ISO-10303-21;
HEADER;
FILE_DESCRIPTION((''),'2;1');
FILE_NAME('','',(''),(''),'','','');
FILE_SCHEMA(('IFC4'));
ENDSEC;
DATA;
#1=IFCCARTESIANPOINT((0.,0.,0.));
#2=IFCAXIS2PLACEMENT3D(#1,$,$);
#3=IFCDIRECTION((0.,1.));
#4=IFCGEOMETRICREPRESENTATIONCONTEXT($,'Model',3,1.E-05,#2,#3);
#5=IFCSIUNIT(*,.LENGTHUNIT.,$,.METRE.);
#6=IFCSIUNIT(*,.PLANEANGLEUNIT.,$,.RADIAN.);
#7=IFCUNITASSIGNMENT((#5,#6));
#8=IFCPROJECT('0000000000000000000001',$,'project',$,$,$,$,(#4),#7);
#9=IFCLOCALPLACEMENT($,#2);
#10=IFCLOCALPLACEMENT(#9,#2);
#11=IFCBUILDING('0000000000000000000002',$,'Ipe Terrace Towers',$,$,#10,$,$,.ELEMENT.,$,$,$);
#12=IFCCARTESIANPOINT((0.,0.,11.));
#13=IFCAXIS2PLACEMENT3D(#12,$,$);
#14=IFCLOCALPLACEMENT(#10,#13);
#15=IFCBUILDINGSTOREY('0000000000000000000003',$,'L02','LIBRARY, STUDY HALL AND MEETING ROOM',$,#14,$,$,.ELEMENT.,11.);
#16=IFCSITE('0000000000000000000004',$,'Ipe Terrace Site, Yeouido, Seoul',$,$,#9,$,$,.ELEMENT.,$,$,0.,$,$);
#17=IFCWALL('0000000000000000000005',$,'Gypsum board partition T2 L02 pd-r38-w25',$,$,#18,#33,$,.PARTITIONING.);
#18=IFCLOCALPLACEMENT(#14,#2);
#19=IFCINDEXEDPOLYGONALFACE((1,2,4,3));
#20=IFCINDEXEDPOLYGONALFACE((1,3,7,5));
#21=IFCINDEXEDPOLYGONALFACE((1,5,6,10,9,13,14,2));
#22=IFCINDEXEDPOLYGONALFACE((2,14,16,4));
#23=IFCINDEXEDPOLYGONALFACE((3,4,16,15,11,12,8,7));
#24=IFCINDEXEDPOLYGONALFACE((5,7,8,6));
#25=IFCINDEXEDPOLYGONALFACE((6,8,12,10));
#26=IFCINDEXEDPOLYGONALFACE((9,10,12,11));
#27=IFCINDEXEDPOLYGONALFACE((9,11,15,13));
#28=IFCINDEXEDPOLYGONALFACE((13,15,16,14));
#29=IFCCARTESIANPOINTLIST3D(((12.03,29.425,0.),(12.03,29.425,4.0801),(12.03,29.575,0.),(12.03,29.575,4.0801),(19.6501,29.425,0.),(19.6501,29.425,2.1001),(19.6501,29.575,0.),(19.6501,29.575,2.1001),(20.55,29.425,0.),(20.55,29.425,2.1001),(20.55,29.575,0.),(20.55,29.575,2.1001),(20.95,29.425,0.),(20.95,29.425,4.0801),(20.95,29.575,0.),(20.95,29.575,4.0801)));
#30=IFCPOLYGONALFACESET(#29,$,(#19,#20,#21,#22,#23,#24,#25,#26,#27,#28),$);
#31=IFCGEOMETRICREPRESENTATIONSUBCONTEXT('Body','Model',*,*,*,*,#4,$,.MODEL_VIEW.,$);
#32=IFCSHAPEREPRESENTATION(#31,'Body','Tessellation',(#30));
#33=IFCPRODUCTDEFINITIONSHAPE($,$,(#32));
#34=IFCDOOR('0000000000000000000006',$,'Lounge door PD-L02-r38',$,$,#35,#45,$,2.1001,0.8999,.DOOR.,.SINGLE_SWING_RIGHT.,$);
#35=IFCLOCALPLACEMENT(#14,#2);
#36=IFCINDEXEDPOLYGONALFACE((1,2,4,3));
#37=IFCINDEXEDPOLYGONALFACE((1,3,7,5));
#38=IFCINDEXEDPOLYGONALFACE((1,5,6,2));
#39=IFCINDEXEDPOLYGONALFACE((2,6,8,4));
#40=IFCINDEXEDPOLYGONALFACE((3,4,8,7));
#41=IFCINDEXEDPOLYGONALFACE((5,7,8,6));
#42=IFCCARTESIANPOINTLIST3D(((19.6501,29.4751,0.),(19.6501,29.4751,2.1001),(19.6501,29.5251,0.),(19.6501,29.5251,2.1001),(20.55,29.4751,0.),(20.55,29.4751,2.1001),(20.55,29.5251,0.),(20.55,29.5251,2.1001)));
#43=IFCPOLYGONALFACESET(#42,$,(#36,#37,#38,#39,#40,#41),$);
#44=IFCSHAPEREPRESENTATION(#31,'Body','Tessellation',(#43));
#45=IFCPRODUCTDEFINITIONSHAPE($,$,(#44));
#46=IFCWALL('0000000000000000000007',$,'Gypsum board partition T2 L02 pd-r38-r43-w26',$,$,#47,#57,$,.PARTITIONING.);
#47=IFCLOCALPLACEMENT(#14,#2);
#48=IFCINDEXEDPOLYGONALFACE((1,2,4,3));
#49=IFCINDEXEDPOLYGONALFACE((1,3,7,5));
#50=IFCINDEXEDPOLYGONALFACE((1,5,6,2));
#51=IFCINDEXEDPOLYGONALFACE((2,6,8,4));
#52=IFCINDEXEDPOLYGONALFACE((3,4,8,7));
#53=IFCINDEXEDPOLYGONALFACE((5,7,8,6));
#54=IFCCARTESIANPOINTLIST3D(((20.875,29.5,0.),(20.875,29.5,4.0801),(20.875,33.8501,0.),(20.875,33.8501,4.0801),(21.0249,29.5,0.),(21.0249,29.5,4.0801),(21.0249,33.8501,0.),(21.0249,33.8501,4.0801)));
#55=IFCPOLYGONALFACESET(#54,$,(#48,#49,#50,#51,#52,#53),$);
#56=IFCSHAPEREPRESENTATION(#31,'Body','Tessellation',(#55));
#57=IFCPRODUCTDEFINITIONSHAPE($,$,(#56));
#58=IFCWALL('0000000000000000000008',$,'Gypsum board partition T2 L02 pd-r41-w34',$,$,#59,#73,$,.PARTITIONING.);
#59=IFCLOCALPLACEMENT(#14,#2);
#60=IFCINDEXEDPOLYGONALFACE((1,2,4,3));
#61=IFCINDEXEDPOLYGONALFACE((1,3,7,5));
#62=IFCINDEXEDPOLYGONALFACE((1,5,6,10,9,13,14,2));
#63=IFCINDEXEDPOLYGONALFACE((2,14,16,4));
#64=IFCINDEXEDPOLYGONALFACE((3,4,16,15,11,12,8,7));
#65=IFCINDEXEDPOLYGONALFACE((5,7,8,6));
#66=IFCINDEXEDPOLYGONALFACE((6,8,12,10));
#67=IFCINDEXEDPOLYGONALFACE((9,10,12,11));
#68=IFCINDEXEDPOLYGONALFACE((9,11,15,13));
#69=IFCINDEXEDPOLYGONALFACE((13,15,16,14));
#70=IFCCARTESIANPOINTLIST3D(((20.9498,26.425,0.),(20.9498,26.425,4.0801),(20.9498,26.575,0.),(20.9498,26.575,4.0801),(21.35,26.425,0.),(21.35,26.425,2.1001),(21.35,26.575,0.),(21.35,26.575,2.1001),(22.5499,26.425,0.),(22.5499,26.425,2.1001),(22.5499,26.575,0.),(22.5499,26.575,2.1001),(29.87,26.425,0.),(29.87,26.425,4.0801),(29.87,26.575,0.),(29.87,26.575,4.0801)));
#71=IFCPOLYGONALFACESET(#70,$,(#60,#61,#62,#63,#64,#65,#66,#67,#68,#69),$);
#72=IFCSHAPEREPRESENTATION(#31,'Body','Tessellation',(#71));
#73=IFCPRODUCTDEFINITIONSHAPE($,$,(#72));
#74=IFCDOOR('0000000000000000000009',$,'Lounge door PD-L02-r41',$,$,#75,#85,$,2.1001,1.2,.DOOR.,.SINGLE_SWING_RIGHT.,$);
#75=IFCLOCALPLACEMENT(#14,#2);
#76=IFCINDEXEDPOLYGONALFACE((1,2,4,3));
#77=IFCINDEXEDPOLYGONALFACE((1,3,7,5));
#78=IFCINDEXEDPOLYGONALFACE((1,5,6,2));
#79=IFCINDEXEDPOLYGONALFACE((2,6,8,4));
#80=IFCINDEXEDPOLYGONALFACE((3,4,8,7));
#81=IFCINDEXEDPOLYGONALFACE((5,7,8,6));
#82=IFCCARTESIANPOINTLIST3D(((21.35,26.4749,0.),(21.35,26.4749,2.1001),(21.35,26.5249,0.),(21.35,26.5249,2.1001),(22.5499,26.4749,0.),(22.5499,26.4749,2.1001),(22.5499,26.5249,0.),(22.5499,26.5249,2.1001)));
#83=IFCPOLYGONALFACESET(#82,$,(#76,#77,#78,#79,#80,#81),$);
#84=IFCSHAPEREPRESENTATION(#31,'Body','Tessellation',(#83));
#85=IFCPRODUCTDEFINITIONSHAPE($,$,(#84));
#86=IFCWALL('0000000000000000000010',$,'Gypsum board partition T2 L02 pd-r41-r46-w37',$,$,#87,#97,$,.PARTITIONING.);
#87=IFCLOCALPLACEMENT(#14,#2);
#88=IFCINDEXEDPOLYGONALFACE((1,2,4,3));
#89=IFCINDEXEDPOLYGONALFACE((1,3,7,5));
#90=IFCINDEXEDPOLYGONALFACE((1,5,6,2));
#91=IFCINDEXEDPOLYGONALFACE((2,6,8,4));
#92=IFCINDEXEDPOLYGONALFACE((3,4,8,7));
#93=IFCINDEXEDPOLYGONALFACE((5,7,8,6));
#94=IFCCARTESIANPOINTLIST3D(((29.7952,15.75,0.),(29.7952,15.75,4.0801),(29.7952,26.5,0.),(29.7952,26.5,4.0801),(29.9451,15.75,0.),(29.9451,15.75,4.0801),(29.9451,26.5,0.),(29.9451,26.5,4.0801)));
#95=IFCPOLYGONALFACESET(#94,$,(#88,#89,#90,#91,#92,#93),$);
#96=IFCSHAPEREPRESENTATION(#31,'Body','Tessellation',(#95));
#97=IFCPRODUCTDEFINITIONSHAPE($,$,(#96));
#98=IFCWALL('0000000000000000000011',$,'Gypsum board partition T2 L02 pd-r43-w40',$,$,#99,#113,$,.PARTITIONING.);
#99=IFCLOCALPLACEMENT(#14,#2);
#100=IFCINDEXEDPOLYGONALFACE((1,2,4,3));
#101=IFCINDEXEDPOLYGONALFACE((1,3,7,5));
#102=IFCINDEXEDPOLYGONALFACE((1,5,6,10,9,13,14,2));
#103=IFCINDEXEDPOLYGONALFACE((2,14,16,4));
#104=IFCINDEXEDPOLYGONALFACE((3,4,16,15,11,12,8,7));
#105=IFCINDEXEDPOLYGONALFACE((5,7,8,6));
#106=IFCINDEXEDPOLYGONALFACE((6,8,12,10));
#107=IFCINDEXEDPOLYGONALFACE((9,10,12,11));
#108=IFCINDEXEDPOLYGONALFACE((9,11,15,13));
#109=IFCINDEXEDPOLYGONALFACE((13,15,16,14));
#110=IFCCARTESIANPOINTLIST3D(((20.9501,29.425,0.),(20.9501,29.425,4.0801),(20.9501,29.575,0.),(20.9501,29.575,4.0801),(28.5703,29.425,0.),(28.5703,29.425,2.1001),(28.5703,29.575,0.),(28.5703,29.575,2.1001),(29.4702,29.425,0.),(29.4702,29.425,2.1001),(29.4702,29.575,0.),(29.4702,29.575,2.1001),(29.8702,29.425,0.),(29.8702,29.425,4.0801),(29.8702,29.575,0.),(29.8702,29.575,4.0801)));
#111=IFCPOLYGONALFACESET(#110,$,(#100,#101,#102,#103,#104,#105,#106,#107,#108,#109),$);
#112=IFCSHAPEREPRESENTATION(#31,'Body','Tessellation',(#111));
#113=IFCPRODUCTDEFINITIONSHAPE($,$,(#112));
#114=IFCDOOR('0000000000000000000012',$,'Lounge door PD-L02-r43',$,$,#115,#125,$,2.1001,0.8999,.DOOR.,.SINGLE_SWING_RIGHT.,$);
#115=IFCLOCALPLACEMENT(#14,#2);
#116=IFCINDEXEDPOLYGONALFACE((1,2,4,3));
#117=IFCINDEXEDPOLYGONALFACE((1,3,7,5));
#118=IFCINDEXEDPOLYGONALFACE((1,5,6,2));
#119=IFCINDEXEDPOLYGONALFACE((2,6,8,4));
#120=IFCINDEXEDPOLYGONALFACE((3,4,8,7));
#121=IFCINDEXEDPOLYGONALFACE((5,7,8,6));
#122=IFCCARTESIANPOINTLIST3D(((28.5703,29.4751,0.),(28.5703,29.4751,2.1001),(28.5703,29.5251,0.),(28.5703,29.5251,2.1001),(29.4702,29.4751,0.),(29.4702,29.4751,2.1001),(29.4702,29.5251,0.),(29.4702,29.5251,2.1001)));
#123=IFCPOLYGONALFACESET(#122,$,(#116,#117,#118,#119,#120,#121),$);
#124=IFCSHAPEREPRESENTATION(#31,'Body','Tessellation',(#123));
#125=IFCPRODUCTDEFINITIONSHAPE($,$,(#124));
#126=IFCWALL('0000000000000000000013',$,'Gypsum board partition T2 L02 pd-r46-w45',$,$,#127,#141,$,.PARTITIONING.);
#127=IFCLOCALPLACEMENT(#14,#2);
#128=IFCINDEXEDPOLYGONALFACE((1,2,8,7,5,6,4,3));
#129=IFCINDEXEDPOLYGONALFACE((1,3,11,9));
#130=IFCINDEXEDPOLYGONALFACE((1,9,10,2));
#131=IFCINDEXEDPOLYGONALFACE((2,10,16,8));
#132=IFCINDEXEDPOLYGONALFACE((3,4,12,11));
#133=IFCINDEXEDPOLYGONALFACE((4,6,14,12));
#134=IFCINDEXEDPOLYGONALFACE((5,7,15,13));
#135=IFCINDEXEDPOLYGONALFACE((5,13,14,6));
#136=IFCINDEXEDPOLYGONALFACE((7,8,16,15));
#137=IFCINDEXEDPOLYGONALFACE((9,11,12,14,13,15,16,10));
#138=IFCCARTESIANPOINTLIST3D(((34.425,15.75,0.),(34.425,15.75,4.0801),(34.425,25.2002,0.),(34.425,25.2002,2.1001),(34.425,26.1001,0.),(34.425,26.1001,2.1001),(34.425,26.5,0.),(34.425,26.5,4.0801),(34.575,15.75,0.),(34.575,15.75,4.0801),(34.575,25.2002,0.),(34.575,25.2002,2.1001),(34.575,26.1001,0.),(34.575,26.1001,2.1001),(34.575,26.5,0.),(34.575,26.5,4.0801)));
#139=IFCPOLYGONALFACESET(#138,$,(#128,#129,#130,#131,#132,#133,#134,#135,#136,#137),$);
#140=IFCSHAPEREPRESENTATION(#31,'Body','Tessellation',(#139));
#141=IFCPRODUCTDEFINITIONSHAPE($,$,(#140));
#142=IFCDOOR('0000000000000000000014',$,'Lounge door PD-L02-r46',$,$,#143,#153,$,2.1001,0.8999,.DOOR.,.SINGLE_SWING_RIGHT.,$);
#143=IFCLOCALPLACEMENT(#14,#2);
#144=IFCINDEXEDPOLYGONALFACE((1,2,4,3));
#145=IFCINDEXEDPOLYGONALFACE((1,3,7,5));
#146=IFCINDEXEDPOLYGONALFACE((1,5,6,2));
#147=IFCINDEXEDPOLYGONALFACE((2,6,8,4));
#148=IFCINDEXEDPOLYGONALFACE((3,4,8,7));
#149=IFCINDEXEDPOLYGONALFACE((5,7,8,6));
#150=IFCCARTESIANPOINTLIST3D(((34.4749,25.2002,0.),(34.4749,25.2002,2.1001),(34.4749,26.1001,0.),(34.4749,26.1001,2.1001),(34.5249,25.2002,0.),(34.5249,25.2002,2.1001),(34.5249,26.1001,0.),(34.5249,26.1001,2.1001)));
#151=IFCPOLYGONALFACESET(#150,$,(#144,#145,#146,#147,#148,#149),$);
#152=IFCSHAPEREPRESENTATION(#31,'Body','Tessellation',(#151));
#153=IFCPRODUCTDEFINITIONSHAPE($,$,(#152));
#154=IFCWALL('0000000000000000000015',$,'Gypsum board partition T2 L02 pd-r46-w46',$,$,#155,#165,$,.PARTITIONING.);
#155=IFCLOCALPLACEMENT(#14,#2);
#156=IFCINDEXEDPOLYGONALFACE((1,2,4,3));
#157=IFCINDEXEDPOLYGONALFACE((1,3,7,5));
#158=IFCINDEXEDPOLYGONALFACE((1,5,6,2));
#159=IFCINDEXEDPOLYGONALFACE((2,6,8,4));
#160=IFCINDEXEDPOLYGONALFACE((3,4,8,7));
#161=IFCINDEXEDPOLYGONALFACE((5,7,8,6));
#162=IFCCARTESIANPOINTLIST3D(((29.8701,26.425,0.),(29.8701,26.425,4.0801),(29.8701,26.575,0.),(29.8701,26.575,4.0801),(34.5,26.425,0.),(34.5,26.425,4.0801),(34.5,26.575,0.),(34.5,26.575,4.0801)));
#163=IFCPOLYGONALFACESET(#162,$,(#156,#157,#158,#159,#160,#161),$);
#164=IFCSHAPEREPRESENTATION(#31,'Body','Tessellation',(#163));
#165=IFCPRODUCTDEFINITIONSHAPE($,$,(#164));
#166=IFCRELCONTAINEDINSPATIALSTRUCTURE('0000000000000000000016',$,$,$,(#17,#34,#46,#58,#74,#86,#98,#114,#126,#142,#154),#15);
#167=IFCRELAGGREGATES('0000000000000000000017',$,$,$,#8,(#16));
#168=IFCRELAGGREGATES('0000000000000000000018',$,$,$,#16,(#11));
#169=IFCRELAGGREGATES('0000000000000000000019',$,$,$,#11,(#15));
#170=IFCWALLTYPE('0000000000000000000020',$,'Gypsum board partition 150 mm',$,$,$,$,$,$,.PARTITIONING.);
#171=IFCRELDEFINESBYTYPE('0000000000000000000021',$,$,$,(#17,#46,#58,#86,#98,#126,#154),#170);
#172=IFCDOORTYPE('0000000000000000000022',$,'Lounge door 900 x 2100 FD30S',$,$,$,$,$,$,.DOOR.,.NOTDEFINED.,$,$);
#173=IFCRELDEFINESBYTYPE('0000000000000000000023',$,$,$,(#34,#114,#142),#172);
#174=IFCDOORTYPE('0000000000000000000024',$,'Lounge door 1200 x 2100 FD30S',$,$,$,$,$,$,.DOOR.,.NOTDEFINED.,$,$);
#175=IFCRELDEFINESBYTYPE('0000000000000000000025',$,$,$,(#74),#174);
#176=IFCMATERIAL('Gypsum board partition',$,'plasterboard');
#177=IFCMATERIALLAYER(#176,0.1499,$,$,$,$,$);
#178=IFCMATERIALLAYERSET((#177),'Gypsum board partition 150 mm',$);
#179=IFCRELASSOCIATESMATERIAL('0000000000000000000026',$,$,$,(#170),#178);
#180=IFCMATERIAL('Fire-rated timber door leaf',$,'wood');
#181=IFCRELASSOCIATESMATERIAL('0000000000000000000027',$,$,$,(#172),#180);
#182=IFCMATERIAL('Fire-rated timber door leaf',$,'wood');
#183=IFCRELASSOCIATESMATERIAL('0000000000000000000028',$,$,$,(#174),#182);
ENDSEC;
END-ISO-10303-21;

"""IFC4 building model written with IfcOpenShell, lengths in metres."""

from ifc_helpers import new_model, si_unit, direction, frame, frame_2d, origin, place, context, subcontext, project, spatial, rectangle, extrude, material, layer, layer_set, type_object, element, fill, save


model = new_model("IFC4")

# Units and contexts
model_context = context("Model", 3, precision=1e-05, world=origin(), true_north=direction((0.0, 1.0)))
body_context = subcontext(model_context, "Body", "Model", "MODEL_VIEW")
ifc_project = project(units=[si_unit("LENGTHUNIT", "METRE"), si_unit("PLANEANGLEUNIT", "RADIAN")], contexts=[model_context])

# Site, building, storey
site_placement = place(None, origin())
site = spatial("IfcSite", under=ifc_project, at=site_placement, Name="Ipe Terrace Site, Yeouido, Seoul", CompositionType="ELEMENT", RefElevation=0.0)
building_placement = place(site_placement, origin())
building = spatial("IfcBuilding", under=site, at=building_placement, Name="Ipe Terrace Towers", CompositionType="ELEMENT")
storey_placement = place(building_placement, frame((0.0, 0.0, 11.0)))
storey = spatial("IfcBuildingStorey", under=building, at=storey_placement, Name="L02", Description="LIBRARY, STUDY HALL AND MEETING ROOM", CompositionType="ELEMENT", Elevation=11.0)

# Wall, opening, door
ifc_material_1 = material(Name="Gypsum board partition", Category="plasterboard")
ifc_layer_1 = layer(ifc_material_1, 0.1499)
ifc_layer_set_1 = layer_set([ifc_layer_1], Name="Gypsum board partition 150 mm")
wall_type = type_object("IfcWallType", Name="Gypsum board partition 150 mm", PredefinedType="PARTITIONING", material=ifc_layer_set_1)
wall_1_placement = place(storey_placement, frame((20.95, 29.5, 0.0), z_axis=(0.0, 0.0, 1.0), x_axis=(-1.0, 0.0, 0.0)))
wall_1 = element("IfcWall", 1, at=wall_1_placement, inside=storey, type_object=wall_type, Name="Gypsum board partition T2 L02 pd-r38-w25", PredefinedType="PARTITIONING", context=body_context, shape_type="SweptSolid", body=[
    extrude(rectangle(XDim=8.9199, YDim=0.1499, at=frame_2d((4.46, 0.0))), origin(), (0.0, 0.0, 1.0), 4.0801),
])
opening_1_placement = place(wall_1_placement, frame((0.3999, 0.0, 0.0)))
opening_1 = element("IfcOpeningElement", 2, at=opening_1_placement, cuts=wall_1, PredefinedType="OPENING", context=body_context, shape_type="SweptSolid", body=[
    extrude(rectangle(XDim=0.8999, YDim=2.1001, at=frame_2d((0.45, 1.05))), frame((0.0, 0.085, 0.0), z_axis=(0.0, -1.0, 0.0), x_axis=(1.0, 0.0, 0.0)), (0.0, 0.0, 1.0), 0.1699),
])
ifc_material_2 = material(Name="Fire-rated timber door leaf", Category="wood")
door_type_1 = type_object("IfcDoorType", Name="Lounge door 900 x 2100 FD30S", OperationType="NOTDEFINED", PredefinedType="DOOR", material=ifc_material_2)
door_1_placement = place(opening_1_placement, origin())
door_1 = element("IfcDoor", 3, at=door_1_placement, inside=storey, type_object=door_type_1, Name="Lounge door PD-L02-r38", OperationType="SINGLE_SWING_RIGHT", OverallHeight=2.1001, OverallWidth=0.8999, PredefinedType="DOOR", context=body_context, shape_type="SweptSolid", body=[
    extrude(rectangle(XDim=0.8999, YDim=2.1001, at=frame_2d((0.45, 1.05))), frame((0.0, 0.0249, 0.0), z_axis=(0.0, -1.0, 0.0), x_axis=(1.0, 0.0, 0.0)), (0.0, 0.0, 1.0), 0.05),
])
fill(opening_1, door_1)

# Wall
wall_2_placement = place(storey_placement, frame((20.95, 33.8501, 0.0), z_axis=(0.0, 0.0, 1.0), x_axis=(0.0, -1.0, 0.0)))
element("IfcWall", 4, at=wall_2_placement, inside=storey, type_object=wall_type, Name="Gypsum board partition T2 L02 pd-r38-r43-w26", PredefinedType="PARTITIONING", context=body_context, shape_type="SweptSolid", body=[
    extrude(rectangle(XDim=4.3501, YDim=0.1499, at=frame_2d((2.175, 0.0))), origin(), (0.0, 0.0, 1.0), 4.0801),
])

# Wall, opening, door
wall_3_placement = place(storey_placement, frame((20.95, 26.5, 0.0), z_axis=(0.0, 0.0, 1.0), x_axis=(1.0, 0.0, 0.0)))
wall_3 = element("IfcWall", 5, at=wall_3_placement, inside=storey, type_object=wall_type, Name="Gypsum board partition T2 L02 pd-r41-w34", PredefinedType="PARTITIONING", context=body_context, shape_type="SweptSolid", body=[
    extrude(rectangle(XDim=8.9202, YDim=0.1499, at=frame_2d((4.46, 0.0))), origin(), (0.0, 0.0, 1.0), 4.0801),
])
opening_2_placement = place(wall_3_placement, frame((0.3999, 0.0, 0.0)))
opening_2 = element("IfcOpeningElement", 6, at=opening_2_placement, cuts=wall_3, PredefinedType="OPENING", context=body_context, shape_type="SweptSolid", body=[
    extrude(rectangle(XDim=1.2, YDim=2.1001, at=frame_2d((0.6001, 1.05))), frame((0.0, 0.085, 0.0), z_axis=(0.0, -1.0, 0.0), x_axis=(1.0, 0.0, 0.0)), (0.0, 0.0, 1.0), 0.1699),
])
ifc_material_3 = material(Name="Fire-rated timber door leaf", Category="wood")
door_type_2 = type_object("IfcDoorType", Name="Lounge door 1200 x 2100 FD30S", OperationType="NOTDEFINED", PredefinedType="DOOR", material=ifc_material_3)
door_2_placement = place(opening_2_placement, origin())
door_2 = element("IfcDoor", 7, at=door_2_placement, inside=storey, type_object=door_type_2, Name="Lounge door PD-L02-r41", OperationType="SINGLE_SWING_RIGHT", OverallHeight=2.1001, OverallWidth=1.2, PredefinedType="DOOR", context=body_context, shape_type="SweptSolid", body=[
    extrude(rectangle(XDim=1.2, YDim=2.1001, at=frame_2d((0.6001, 1.05))), frame((0.0, 0.0249, 0.0), z_axis=(0.0, -1.0, 0.0), x_axis=(1.0, 0.0, 0.0)), (0.0, 0.0, 1.0), 0.05),
])
fill(opening_2, door_2)

# Wall
wall_4_placement = place(storey_placement, frame((29.8701, 26.5, 0.0), z_axis=(0.0, 0.0, 1.0), x_axis=(0.0, -1.0, 0.0)))
element("IfcWall", 8, at=wall_4_placement, inside=storey, type_object=wall_type, Name="Gypsum board partition T2 L02 pd-r41-r46-w37", PredefinedType="PARTITIONING", context=body_context, shape_type="SweptSolid", body=[
    extrude(rectangle(XDim=10.75, YDim=0.1499, at=frame_2d((5.375, 0.0))), origin(), (0.0, 0.0, 1.0), 4.0801),
])

# Walls, openings, doors
wall_5_placement = place(storey_placement, frame((29.8701, 29.5, 0.0), z_axis=(0.0, 0.0, 1.0), x_axis=(-1.0, 0.0, 0.0)))
wall_5 = element("IfcWall", 9, at=wall_5_placement, inside=storey, type_object=wall_type, Name="Gypsum board partition T2 L02 pd-r43-w40", PredefinedType="PARTITIONING", context=body_context, shape_type="SweptSolid", body=[
    extrude(rectangle(XDim=8.9202, YDim=0.1499, at=frame_2d((4.46, 0.0))), origin(), (0.0, 0.0, 1.0), 4.0801),
])
opening_3_placement = place(wall_5_placement, frame((0.3999, 0.0, 0.0)))
opening_3 = element("IfcOpeningElement", 10, at=opening_3_placement, cuts=wall_5, PredefinedType="OPENING", context=body_context, shape_type="SweptSolid", body=[
    extrude(rectangle(XDim=0.8999, YDim=2.1001, at=frame_2d((0.45, 1.05))), frame((0.0, 0.085, 0.0), z_axis=(0.0, -1.0, 0.0), x_axis=(1.0, 0.0, 0.0)), (0.0, 0.0, 1.0), 0.1699),
])
door_3_placement = place(opening_3_placement, origin())
door_3 = element("IfcDoor", 11, at=door_3_placement, inside=storey, type_object=door_type_1, Name="Lounge door PD-L02-r43", OperationType="SINGLE_SWING_RIGHT", OverallHeight=2.1001, OverallWidth=0.8999, PredefinedType="DOOR", context=body_context, shape_type="SweptSolid", body=[
    extrude(rectangle(XDim=0.8999, YDim=2.1001, at=frame_2d((0.45, 1.05))), frame((0.0, 0.0249, 0.0), z_axis=(0.0, -1.0, 0.0), x_axis=(1.0, 0.0, 0.0)), (0.0, 0.0, 1.0), 0.05),
])
fill(opening_3, door_3)
wall_6_placement = place(storey_placement, frame((34.5, 26.5, 0.0), z_axis=(0.0, 0.0, 1.0), x_axis=(0.0, -1.0, 0.0)))
wall_6 = element("IfcWall", 12, at=wall_6_placement, inside=storey, type_object=wall_type, Name="Gypsum board partition T2 L02 pd-r46-w45", PredefinedType="PARTITIONING", context=body_context, shape_type="SweptSolid", body=[
    extrude(rectangle(XDim=10.75, YDim=0.1499, at=frame_2d((5.375, 0.0))), origin(), (0.0, 0.0, 1.0), 4.0801),
])
opening_4_placement = place(wall_6_placement, frame((0.3999, 0.0, 0.0)))
opening_4 = element("IfcOpeningElement", 13, at=opening_4_placement, cuts=wall_6, PredefinedType="OPENING", context=body_context, shape_type="SweptSolid", body=[
    extrude(rectangle(XDim=0.8999, YDim=2.1001, at=frame_2d((0.45, 1.05))), frame((0.0, 0.085, 0.0), z_axis=(0.0, -1.0, 0.0), x_axis=(1.0, 0.0, 0.0)), (0.0, 0.0, 1.0), 0.1699),
])
door_4_placement = place(opening_4_placement, origin())
door_4 = element("IfcDoor", 14, at=door_4_placement, inside=storey, type_object=door_type_1, Name="Lounge door PD-L02-r46", OperationType="SINGLE_SWING_RIGHT", OverallHeight=2.1001, OverallWidth=0.8999, PredefinedType="DOOR", context=body_context, shape_type="SweptSolid", body=[
    extrude(rectangle(XDim=0.8999, YDim=2.1001, at=frame_2d((0.45, 1.05))), frame((0.0, 0.0249, 0.0), z_axis=(0.0, -1.0, 0.0), x_axis=(1.0, 0.0, 0.0)), (0.0, 0.0, 1.0), 0.05),
])
fill(opening_4, door_4)

# Wall
wall_7_placement = place(storey_placement, frame((29.8701, 26.5, 0.0), z_axis=(0.0, 0.0, 1.0), x_axis=(1.0, 0.0, 0.0)))
element("IfcWall", 15, at=wall_7_placement, inside=storey, type_object=wall_type, Name="Gypsum board partition T2 L02 pd-r46-w46", PredefinedType="PARTITIONING", context=body_context, shape_type="SweptSolid", body=[
    extrude(rectangle(XDim=4.6299, YDim=0.1499, at=frame_2d((2.3149, 0.0))), origin(), (0.0, 0.0, 1.0), 4.0801),
])

save(model, "model.ifc")
